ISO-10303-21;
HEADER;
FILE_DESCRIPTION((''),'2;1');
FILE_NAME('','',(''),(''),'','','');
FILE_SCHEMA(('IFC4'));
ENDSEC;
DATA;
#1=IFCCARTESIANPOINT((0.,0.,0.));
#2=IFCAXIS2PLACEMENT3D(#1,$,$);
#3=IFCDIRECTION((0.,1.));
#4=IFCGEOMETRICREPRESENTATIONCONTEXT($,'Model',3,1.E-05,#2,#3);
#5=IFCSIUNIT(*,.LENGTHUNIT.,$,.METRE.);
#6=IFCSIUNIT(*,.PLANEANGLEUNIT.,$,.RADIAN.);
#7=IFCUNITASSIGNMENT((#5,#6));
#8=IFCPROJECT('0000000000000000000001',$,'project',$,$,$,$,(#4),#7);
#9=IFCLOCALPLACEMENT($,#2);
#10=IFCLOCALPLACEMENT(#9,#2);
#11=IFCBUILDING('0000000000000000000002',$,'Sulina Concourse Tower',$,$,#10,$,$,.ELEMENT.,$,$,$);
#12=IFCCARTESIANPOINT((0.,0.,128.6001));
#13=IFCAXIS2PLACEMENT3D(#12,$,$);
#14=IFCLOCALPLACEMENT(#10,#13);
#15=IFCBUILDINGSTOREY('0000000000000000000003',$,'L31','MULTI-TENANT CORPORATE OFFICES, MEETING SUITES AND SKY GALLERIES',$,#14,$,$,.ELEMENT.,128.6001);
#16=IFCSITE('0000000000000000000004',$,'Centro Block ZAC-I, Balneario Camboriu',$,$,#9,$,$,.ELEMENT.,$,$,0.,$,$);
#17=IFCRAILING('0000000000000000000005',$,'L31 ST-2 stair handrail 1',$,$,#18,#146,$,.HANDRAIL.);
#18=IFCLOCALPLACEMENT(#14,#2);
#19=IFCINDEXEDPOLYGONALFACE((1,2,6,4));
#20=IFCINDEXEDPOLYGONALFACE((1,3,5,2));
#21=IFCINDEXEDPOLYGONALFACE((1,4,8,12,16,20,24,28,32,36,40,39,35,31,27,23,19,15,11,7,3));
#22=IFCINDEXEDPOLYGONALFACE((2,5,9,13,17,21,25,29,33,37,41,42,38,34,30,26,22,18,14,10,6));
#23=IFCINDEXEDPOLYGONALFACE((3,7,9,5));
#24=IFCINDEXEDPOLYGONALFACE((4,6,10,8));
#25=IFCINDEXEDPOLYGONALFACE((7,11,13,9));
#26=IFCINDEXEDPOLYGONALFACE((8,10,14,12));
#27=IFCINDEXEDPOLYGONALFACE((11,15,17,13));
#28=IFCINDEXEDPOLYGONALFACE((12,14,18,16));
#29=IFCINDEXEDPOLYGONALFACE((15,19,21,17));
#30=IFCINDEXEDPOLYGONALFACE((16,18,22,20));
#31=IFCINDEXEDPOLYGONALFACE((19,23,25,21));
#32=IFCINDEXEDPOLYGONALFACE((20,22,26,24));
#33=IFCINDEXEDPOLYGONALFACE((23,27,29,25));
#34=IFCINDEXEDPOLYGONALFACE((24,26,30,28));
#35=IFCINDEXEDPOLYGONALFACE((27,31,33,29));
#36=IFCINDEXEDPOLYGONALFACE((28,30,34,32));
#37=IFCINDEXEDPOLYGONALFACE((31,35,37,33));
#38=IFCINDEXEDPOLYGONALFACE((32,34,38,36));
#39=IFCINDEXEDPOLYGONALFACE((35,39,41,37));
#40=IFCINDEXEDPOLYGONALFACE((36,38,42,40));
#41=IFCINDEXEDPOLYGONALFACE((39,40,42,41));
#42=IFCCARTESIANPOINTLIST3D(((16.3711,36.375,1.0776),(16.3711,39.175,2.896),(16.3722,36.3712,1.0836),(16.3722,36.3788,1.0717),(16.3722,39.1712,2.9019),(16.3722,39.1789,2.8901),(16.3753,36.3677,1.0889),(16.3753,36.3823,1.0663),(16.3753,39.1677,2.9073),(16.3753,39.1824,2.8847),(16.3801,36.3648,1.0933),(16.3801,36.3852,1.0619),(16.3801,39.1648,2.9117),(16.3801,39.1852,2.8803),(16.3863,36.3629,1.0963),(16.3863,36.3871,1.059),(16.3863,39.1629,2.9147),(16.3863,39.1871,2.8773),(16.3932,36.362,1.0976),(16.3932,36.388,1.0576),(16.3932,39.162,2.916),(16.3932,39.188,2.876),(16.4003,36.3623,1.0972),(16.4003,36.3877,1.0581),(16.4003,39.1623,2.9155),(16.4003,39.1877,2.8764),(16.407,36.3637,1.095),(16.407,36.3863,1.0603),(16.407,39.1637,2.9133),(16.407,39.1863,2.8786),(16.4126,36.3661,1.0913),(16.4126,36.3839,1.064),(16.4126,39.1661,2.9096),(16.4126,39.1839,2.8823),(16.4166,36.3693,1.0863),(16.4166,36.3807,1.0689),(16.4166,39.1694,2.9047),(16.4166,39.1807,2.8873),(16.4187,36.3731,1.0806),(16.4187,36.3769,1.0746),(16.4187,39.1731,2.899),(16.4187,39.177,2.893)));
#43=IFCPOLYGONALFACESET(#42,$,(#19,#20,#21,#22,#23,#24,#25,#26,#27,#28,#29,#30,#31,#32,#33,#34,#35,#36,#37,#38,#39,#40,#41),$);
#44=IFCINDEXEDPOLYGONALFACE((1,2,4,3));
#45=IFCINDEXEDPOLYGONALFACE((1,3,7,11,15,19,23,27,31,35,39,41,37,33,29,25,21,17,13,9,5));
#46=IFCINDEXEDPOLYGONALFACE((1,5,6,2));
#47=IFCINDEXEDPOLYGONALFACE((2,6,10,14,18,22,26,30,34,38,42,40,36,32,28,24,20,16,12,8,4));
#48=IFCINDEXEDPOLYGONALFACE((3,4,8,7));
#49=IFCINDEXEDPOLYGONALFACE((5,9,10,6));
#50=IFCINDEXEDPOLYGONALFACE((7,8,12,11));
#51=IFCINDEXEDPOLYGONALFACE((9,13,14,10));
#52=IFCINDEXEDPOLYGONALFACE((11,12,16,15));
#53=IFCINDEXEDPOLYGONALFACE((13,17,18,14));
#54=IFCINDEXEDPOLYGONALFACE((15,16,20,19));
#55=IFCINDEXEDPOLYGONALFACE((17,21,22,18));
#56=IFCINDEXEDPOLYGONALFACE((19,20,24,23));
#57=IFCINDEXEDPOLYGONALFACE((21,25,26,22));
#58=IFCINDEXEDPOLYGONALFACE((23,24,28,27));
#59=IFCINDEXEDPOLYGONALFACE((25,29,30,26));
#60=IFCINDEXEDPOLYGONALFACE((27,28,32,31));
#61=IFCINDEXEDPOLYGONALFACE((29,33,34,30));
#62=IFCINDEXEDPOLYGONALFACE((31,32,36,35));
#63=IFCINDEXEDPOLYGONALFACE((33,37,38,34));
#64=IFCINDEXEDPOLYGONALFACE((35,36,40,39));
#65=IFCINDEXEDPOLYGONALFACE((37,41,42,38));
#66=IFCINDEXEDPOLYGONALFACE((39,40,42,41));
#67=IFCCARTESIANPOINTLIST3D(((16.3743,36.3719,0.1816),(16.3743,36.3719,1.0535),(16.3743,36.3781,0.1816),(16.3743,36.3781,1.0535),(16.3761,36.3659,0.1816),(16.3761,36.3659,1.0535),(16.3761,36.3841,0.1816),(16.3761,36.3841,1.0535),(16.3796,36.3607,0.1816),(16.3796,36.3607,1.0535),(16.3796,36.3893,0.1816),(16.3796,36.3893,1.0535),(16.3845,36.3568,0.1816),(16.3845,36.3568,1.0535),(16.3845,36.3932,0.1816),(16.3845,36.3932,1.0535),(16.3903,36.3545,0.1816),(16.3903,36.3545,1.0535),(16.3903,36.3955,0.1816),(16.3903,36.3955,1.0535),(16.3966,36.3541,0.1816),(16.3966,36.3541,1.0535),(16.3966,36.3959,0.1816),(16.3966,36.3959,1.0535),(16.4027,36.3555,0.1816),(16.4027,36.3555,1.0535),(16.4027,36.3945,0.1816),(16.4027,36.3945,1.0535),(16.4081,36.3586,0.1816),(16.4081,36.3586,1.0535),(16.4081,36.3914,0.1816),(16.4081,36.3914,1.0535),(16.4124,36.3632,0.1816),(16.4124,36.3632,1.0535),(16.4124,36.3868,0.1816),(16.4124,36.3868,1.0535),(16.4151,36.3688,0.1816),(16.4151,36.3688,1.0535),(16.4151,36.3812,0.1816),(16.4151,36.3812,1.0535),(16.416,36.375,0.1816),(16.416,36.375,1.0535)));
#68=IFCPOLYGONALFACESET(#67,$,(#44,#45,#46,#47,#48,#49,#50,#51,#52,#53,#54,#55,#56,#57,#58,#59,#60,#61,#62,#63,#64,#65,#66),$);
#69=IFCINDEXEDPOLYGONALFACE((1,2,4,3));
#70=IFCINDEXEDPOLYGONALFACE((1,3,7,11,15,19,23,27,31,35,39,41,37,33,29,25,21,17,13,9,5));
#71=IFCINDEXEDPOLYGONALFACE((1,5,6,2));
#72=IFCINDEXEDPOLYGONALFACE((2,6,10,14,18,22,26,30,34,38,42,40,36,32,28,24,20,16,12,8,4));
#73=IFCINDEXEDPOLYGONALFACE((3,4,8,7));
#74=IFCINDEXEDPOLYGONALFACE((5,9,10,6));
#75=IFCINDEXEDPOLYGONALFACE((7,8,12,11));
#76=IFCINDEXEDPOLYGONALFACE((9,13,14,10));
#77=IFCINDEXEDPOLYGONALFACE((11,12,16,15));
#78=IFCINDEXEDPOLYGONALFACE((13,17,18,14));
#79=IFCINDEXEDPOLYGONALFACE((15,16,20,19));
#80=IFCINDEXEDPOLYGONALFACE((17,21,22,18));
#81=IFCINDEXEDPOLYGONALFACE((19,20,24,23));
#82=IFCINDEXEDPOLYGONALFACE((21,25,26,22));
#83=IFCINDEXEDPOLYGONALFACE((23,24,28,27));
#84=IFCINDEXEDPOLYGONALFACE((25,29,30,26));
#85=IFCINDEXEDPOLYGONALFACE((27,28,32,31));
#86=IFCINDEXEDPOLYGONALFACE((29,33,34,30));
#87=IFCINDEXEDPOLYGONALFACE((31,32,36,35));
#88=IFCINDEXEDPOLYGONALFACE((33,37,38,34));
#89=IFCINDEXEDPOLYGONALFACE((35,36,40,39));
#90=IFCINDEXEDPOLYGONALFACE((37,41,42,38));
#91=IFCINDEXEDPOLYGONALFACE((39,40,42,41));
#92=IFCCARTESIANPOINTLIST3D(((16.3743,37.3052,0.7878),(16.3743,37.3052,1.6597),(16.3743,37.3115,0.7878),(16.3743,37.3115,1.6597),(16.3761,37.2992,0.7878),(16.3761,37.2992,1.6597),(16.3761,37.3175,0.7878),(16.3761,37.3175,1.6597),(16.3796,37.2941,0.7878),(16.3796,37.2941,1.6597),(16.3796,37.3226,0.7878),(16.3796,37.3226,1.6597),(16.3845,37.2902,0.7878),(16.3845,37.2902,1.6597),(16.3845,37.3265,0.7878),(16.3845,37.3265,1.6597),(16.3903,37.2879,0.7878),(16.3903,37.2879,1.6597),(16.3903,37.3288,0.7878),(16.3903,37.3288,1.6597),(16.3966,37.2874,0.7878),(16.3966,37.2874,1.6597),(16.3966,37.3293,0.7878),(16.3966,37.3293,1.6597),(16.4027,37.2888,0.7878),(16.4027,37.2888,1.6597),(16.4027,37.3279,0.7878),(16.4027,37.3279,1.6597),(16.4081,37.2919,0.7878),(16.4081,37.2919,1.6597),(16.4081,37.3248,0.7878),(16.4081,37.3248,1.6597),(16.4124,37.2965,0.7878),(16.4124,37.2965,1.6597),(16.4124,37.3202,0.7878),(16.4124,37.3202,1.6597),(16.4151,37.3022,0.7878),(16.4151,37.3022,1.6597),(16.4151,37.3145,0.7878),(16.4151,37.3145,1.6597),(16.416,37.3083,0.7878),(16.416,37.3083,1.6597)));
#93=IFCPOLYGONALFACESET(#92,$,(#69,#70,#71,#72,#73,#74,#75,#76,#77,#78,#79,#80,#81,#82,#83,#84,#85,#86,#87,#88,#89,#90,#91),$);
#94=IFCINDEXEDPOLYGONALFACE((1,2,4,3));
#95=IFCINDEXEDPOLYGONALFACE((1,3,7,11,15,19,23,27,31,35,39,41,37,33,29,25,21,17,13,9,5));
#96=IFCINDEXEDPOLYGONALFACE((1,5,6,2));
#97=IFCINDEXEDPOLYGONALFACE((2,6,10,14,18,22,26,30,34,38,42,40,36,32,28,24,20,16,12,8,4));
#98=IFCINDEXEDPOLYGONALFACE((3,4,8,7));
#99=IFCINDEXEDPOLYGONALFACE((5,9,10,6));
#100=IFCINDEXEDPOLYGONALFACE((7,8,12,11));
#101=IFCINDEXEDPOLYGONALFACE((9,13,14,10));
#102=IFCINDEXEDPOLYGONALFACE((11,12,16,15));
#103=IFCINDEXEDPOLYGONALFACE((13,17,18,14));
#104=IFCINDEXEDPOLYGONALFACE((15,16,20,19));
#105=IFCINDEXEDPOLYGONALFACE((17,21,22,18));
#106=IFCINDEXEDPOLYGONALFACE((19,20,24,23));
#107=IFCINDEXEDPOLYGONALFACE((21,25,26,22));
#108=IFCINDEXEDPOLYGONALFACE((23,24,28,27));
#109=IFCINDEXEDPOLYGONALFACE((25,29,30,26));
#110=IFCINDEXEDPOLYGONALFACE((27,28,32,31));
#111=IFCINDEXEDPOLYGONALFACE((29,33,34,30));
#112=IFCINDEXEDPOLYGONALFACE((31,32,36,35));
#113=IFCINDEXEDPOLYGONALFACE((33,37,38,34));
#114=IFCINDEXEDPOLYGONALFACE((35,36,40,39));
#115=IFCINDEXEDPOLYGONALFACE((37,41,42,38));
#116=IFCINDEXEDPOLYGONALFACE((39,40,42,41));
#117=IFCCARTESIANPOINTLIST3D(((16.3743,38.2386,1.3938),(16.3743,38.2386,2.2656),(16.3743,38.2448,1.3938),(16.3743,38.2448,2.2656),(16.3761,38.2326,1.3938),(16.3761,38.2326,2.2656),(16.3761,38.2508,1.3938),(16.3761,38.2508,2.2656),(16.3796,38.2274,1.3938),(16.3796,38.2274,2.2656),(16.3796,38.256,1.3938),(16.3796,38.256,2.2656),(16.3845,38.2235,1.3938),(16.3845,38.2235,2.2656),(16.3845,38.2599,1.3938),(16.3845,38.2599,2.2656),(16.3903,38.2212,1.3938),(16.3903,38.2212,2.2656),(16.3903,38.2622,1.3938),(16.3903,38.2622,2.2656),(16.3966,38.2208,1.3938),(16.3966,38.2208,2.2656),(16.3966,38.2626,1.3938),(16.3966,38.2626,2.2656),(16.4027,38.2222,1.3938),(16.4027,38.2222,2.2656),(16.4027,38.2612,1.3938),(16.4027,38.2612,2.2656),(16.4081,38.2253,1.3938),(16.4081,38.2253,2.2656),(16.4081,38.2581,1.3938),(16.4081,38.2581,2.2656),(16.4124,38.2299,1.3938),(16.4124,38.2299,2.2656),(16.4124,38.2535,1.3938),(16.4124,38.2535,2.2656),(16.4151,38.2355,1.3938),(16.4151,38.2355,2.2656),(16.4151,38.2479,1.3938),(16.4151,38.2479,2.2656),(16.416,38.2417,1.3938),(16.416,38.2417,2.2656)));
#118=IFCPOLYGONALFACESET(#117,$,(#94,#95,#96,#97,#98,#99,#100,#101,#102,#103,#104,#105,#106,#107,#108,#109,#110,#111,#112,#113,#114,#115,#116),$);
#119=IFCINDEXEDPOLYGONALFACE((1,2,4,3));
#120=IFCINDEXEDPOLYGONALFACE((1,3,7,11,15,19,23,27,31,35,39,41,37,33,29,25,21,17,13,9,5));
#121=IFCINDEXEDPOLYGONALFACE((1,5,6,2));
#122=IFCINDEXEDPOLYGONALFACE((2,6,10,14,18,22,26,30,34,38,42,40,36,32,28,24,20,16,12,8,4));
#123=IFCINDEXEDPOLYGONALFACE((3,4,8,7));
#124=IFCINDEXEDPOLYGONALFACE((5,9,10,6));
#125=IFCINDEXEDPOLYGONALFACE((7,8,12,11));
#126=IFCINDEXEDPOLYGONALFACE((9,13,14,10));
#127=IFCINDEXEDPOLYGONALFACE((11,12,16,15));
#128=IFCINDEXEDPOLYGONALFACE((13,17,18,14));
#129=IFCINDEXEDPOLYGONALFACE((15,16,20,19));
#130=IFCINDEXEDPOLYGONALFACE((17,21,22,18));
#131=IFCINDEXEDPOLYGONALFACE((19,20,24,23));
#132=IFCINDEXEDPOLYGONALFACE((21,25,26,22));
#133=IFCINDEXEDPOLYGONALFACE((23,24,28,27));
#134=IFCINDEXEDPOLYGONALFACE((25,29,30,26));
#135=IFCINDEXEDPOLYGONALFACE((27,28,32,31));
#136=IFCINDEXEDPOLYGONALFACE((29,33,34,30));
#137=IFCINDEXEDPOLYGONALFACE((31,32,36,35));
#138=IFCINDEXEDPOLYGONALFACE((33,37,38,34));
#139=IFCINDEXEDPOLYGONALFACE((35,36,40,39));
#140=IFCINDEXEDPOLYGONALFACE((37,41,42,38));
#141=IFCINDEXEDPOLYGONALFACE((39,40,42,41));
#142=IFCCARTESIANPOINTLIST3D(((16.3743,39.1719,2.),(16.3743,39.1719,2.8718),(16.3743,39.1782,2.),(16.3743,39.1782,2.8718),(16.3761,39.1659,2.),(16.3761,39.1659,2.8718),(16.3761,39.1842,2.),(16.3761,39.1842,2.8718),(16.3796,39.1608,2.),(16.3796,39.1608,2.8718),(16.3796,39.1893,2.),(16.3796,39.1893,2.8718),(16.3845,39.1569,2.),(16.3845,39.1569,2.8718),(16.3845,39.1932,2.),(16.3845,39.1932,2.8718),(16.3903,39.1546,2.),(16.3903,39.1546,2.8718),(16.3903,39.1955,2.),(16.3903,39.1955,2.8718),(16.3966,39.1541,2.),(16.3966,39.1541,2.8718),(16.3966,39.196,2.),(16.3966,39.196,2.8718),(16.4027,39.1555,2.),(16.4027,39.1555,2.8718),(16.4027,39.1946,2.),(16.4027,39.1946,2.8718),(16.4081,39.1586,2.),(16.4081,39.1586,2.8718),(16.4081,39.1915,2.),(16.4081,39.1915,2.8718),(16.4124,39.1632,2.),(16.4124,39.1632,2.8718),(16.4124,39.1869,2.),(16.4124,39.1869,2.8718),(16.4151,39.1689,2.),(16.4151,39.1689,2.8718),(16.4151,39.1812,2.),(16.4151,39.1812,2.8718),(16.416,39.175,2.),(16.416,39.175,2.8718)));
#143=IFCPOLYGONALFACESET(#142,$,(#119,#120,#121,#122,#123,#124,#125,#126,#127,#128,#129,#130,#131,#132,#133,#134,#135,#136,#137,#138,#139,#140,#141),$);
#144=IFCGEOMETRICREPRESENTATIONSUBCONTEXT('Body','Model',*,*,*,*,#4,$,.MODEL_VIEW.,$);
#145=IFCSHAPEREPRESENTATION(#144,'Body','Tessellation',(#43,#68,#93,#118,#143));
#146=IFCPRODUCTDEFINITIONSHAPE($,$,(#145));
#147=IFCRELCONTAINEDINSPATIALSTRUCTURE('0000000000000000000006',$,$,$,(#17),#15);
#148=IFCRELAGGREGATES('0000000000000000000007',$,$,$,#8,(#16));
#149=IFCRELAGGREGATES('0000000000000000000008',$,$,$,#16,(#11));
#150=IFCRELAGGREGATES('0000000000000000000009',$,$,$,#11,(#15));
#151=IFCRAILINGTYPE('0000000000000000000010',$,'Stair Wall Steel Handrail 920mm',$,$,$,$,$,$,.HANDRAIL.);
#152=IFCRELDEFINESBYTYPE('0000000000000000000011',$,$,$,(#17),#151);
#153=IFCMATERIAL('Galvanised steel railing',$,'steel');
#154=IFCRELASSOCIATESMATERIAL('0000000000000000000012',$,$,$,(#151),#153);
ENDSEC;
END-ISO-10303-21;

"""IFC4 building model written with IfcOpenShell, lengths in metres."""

from ifc_helpers import new_model, si_unit, direction, frame, origin, origin_2d, place, context, subcontext, project, spatial, circle, extrude, material, type_object, element, save


model = new_model("IFC4")

# Units and contexts
model_context = context("Model", 3, precision=1e-05, world=origin(), true_north=direction((0.0, 1.0)))
body_context = subcontext(model_context, "Body", "Model", "MODEL_VIEW")
ifc_project = project(units=[si_unit("LENGTHUNIT", "METRE"), si_unit("PLANEANGLEUNIT", "RADIAN")], contexts=[model_context])

# Site, building, storey
site_placement = place(None, origin())
site = spatial("IfcSite", under=ifc_project, at=site_placement, Name="Centro Block ZAC-I, Balneario Camboriu", CompositionType="ELEMENT", RefElevation=0.0)
building_placement = place(site_placement, origin())
building = spatial("IfcBuilding", under=site, at=building_placement, Name="Sulina Concourse Tower", CompositionType="ELEMENT")
storey_placement = place(building_placement, frame((0.0, 0.0, 128.6001)))
storey = spatial("IfcBuildingStorey", under=building, at=storey_placement, Name="L31", Description="MULTI-TENANT CORPORATE OFFICES, MEETING SUITES AND SKY GALLERIES", CompositionType="ELEMENT", Elevation=128.6001)

# Railing
ifc_material_1 = material(Name="Galvanised steel railing", Category="steel")
railing_type_1 = type_object("IfcRailingType", Name="Stair Wall Steel Handrail 920mm", PredefinedType="HANDRAIL", material=ifc_material_1)
railing_1_placement = place(storey_placement, frame((16.395, 36.375, 0.1816)))
element("IfcRailing", 1, at=railing_1_placement, inside=storey, type_object=railing_type_1, Name="L31 ST-2 stair handrail 1", PredefinedType="HANDRAIL", context=body_context, shape_type="SweptSolid", body=[
    extrude(circle(Radius=0.0239, at=origin_2d()), frame((0.0, 0.0, 0.896), z_axis=(0.0, 0.838672, 0.544636), x_axis=(-1.0, 0.0, 0.0)), (0.0, 0.0, 1.0), 3.3386),
    extrude(circle(Radius=0.021, at=origin_2d()), origin(), (0.0, 0.0, 1.0), 0.8718),
    extrude(circle(Radius=0.021, at=origin_2d()), frame((0.0, 0.9333, 0.6062)), (0.0, 0.0, 1.0), 0.8718),
    extrude(circle(Radius=0.021, at=origin_2d()), frame((0.0, 1.8667, 1.2122)), (0.0, 0.0, 1.0), 0.8718),
    extrude(circle(Radius=0.021, at=origin_2d()), frame((0.0, 2.8, 1.8184)), (0.0, 0.0, 1.0), 0.8718),
])

save(model, "model.ifc")
